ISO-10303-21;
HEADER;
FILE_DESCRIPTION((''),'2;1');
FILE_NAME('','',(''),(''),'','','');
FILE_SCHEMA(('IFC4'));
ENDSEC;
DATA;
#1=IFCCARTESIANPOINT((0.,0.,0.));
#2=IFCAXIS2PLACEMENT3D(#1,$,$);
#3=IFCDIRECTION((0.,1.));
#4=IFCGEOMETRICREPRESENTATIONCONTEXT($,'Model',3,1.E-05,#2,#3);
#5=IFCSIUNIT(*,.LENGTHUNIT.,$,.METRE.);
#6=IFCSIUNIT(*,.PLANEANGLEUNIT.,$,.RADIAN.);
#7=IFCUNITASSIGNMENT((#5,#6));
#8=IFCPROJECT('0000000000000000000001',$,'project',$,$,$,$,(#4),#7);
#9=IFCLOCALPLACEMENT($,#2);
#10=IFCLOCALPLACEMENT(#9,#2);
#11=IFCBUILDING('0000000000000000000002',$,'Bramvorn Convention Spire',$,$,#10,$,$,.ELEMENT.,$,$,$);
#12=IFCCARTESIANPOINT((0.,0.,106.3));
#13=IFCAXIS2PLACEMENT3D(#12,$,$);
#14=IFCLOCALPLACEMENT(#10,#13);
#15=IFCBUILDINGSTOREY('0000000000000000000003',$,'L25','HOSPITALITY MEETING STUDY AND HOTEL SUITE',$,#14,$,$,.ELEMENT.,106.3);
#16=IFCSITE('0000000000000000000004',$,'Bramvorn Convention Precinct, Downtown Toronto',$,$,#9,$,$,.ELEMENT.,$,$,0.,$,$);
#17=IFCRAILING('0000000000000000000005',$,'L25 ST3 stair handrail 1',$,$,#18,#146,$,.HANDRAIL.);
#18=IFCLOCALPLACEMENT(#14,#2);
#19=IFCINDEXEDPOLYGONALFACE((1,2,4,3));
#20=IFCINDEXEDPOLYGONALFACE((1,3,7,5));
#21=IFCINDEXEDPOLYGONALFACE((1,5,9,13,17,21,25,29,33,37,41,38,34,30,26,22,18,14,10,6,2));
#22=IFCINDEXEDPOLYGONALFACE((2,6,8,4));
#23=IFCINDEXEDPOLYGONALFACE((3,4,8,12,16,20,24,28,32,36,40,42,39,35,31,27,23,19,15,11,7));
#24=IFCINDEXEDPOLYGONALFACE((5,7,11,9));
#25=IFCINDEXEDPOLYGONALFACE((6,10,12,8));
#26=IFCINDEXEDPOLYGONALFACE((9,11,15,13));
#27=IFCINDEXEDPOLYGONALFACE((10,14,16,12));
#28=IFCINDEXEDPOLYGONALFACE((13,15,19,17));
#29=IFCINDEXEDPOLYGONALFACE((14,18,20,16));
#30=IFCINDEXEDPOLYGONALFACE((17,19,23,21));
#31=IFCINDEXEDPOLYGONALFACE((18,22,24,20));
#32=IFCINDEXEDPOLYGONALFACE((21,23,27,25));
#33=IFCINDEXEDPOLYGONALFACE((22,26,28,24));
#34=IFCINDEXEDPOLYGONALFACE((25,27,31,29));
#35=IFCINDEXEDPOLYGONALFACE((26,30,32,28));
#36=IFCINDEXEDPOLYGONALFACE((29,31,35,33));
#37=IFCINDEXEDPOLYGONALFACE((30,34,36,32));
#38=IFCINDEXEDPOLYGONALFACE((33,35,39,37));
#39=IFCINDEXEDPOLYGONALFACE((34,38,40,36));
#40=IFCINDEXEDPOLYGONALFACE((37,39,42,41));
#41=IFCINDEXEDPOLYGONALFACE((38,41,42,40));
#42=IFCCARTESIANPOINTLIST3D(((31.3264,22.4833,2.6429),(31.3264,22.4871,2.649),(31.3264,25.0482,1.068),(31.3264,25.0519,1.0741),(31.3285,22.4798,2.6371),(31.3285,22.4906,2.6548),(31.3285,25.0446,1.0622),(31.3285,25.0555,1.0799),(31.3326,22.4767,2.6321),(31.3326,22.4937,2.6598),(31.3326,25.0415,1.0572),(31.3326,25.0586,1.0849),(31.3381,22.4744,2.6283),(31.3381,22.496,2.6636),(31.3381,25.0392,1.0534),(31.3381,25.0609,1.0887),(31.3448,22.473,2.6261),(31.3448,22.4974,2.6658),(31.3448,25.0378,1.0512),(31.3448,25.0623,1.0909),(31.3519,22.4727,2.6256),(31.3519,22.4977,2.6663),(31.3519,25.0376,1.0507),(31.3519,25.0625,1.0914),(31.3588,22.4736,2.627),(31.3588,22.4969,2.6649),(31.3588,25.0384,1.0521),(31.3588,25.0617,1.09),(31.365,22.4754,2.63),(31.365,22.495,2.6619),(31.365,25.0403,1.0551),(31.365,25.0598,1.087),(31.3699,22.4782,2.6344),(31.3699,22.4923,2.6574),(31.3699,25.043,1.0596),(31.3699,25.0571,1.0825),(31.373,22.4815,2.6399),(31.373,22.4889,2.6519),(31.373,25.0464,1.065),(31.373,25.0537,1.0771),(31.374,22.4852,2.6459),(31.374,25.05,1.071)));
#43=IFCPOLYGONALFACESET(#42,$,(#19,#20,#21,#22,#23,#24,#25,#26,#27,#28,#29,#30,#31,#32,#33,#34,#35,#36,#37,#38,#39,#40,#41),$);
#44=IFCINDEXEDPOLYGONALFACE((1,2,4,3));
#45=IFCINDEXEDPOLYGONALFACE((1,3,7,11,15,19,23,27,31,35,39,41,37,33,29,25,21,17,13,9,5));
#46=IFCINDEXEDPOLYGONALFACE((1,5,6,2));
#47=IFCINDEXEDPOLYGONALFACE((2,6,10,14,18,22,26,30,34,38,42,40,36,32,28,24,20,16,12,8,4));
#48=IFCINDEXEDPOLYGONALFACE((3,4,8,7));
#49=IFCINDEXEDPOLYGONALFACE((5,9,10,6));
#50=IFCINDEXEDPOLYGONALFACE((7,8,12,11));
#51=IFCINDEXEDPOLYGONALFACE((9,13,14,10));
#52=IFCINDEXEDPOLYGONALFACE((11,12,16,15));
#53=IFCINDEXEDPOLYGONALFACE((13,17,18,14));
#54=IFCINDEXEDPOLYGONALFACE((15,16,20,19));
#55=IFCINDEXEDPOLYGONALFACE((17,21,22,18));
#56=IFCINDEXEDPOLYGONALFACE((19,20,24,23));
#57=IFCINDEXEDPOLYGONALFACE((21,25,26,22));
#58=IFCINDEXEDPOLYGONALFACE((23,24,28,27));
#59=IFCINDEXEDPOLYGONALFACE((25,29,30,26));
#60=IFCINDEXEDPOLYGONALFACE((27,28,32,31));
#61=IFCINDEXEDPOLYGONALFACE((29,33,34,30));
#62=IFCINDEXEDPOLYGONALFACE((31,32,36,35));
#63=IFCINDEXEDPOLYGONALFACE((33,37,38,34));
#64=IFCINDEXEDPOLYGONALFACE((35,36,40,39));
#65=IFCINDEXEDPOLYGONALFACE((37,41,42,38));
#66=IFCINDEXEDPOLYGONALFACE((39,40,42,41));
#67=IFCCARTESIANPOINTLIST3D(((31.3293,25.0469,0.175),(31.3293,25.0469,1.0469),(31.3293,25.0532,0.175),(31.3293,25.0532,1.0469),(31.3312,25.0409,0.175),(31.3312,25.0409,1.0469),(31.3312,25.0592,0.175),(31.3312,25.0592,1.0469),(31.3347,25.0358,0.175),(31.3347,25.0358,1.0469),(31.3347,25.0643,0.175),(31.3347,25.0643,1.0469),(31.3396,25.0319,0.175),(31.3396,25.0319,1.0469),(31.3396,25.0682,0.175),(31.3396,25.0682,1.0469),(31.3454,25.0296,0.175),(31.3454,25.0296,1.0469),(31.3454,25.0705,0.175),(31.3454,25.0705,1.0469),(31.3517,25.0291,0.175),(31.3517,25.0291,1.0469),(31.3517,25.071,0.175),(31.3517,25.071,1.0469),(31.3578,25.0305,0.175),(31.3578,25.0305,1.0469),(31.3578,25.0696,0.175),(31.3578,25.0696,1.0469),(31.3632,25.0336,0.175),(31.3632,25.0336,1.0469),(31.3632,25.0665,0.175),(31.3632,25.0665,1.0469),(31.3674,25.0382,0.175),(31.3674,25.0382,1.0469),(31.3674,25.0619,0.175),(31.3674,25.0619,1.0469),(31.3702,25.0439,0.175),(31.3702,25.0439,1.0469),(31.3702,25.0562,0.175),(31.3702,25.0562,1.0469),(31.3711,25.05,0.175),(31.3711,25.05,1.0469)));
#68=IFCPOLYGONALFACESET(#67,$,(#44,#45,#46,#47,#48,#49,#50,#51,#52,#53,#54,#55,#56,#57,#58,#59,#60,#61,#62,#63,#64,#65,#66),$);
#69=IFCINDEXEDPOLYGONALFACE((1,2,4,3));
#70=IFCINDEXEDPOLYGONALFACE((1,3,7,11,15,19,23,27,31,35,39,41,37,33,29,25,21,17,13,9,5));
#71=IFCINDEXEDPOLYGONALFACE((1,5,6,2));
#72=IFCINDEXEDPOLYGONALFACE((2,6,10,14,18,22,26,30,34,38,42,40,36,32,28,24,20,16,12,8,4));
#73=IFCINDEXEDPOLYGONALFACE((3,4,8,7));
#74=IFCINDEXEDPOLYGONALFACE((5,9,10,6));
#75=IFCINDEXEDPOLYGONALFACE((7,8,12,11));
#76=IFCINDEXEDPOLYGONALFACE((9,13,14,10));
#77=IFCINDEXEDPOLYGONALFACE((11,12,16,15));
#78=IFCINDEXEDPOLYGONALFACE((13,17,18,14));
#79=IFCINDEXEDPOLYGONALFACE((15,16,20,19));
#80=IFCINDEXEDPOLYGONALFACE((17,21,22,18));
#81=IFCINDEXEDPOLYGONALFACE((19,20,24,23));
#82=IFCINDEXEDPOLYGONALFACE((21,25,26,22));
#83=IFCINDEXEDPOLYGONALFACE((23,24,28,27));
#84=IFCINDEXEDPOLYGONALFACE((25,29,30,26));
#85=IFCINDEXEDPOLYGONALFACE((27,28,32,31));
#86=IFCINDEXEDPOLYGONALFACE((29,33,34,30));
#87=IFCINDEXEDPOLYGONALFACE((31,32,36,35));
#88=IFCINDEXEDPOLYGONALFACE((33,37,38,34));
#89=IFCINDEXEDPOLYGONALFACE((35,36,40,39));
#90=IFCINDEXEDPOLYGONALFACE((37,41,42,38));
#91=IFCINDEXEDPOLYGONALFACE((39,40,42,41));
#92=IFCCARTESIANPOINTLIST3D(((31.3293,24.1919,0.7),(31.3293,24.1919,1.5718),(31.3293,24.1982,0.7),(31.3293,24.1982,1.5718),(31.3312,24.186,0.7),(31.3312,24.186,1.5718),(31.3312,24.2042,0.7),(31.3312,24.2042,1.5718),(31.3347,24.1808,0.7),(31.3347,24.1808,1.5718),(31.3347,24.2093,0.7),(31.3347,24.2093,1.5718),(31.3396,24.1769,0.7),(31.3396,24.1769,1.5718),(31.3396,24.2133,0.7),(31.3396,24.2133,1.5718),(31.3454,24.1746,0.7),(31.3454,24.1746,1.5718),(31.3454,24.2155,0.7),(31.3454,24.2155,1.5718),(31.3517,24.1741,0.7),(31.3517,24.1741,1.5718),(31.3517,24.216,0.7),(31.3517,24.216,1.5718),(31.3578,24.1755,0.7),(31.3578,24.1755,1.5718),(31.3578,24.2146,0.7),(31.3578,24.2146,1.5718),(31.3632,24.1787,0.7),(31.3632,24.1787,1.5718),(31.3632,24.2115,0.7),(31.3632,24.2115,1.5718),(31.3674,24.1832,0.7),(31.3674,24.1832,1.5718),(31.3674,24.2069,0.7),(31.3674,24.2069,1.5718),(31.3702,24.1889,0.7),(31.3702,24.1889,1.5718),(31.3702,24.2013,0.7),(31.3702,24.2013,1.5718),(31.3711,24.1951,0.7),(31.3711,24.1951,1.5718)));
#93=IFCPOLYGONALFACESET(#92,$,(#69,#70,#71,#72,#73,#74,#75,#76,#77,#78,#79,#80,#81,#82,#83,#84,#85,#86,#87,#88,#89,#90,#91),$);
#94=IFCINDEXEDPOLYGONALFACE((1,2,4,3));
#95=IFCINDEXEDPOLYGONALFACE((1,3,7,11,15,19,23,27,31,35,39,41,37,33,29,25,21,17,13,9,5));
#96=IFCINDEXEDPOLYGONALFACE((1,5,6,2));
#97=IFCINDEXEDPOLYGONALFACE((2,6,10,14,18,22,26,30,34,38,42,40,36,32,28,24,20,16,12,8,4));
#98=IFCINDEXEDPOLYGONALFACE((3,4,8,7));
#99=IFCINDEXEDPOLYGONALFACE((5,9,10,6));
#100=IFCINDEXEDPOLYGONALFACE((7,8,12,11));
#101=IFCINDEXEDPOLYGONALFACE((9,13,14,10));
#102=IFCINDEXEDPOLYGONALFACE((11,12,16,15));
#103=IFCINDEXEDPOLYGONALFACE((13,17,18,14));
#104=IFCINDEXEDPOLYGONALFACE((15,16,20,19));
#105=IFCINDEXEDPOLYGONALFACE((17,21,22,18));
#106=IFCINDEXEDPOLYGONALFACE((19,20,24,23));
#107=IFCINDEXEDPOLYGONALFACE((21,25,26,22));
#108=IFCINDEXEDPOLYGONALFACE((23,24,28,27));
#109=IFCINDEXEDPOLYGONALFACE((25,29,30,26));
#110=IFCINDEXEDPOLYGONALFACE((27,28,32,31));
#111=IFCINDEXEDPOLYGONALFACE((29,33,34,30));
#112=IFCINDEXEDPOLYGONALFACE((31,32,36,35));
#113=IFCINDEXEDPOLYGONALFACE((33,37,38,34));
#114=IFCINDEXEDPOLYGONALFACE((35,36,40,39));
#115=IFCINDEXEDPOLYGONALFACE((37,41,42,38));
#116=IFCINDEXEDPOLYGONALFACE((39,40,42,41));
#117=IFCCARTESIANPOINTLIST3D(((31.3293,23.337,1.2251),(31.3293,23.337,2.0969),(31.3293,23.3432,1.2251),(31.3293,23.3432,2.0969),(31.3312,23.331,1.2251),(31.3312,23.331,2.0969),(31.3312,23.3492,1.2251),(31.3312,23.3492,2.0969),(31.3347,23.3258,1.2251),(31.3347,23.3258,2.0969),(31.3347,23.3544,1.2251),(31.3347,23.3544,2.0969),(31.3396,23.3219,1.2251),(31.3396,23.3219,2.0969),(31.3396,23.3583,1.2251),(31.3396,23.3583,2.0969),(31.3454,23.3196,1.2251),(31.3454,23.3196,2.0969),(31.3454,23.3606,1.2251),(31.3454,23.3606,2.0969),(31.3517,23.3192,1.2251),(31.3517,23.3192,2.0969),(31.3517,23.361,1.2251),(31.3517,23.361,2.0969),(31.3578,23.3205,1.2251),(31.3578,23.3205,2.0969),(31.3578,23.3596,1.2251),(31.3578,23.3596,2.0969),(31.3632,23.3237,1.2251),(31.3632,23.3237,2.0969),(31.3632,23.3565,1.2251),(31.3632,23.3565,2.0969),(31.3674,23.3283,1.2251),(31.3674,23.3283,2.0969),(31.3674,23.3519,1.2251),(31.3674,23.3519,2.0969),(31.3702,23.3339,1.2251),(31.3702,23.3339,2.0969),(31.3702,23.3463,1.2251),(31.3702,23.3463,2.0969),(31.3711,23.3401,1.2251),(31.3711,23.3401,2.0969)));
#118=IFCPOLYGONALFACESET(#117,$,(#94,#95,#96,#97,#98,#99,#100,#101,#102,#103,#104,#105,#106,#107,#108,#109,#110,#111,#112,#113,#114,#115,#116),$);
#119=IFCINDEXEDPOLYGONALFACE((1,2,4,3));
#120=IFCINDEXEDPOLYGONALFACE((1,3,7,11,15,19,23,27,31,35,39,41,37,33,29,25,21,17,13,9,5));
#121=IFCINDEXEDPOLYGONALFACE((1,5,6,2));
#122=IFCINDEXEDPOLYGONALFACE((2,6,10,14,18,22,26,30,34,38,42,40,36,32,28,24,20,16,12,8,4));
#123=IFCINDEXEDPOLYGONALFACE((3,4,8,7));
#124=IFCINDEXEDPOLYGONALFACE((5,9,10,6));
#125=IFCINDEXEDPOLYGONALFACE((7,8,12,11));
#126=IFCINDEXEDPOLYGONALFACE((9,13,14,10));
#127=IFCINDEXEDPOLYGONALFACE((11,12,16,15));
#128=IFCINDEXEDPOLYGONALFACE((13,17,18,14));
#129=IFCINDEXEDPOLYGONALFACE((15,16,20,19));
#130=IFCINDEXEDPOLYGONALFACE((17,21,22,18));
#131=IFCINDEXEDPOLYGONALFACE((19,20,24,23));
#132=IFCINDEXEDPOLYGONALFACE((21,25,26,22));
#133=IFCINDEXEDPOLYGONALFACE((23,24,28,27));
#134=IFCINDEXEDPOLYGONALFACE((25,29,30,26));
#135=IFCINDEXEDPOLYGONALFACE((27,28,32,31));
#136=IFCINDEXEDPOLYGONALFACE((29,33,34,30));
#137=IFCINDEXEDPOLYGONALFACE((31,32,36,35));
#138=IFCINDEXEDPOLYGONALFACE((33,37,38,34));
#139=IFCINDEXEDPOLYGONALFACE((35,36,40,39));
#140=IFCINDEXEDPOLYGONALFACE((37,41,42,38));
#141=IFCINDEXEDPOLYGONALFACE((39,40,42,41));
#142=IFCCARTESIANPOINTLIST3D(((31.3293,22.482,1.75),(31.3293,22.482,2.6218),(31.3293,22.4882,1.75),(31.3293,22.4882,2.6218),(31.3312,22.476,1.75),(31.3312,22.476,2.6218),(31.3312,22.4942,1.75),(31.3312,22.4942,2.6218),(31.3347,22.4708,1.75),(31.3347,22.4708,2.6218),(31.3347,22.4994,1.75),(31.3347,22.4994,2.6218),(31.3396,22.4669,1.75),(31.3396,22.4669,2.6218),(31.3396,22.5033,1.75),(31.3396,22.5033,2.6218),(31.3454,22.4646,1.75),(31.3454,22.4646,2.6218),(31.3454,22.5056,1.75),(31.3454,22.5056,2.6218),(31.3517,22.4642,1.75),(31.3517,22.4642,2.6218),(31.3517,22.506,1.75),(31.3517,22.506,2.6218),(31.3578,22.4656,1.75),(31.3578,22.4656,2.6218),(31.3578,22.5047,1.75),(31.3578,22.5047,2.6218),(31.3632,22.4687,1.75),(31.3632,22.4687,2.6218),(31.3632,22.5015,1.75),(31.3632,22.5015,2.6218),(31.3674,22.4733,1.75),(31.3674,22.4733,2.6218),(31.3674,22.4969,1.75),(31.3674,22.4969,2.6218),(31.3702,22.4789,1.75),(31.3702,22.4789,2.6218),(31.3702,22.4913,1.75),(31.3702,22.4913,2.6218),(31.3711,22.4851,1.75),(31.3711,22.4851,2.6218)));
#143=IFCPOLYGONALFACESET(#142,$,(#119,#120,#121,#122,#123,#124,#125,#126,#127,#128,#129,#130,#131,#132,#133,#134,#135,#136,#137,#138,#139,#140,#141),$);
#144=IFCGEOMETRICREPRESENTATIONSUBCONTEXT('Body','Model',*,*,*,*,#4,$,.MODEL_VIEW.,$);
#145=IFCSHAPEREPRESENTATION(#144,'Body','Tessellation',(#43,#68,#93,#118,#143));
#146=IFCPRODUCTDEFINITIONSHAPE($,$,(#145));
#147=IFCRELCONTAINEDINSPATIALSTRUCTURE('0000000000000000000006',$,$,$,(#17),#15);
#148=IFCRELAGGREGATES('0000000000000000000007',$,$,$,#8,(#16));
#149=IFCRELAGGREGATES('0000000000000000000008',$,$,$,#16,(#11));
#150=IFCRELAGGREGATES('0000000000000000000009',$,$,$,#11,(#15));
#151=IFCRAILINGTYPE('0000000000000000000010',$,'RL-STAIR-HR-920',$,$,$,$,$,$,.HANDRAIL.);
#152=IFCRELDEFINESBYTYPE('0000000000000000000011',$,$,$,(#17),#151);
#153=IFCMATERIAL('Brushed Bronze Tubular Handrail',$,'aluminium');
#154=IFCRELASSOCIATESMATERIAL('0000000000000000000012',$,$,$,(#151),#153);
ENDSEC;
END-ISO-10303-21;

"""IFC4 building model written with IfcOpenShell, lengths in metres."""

from ifc_helpers import new_model, si_unit, direction, frame, origin, origin_2d, place, context, subcontext, project, spatial, circle, extrude, material, type_object, element, save


model = new_model("IFC4")

# Units and contexts
model_context = context("Model", 3, precision=1e-05, world=origin(), true_north=direction((0.0, 1.0)))
body_context = subcontext(model_context, "Body", "Model", "MODEL_VIEW")
ifc_project = project(units=[si_unit("LENGTHUNIT", "METRE"), si_unit("PLANEANGLEUNIT", "RADIAN")], contexts=[model_context])

# Site, building, storey
site_placement = place(None, origin())
site = spatial("IfcSite", under=ifc_project, at=site_placement, Name="Bramvorn Convention Precinct, Downtown Toronto", CompositionType="ELEMENT", RefElevation=0.0)
building_placement = place(site_placement, origin())
building = spatial("IfcBuilding", under=site, at=building_placement, Name="Bramvorn Convention Spire", CompositionType="ELEMENT")
storey_placement = place(building_placement, frame((0.0, 0.0, 106.3)))
storey = spatial("IfcBuildingStorey", under=building, at=storey_placement, Name="L25", Description="HOSPITALITY MEETING STUDY AND HOTEL SUITE", CompositionType="ELEMENT", Elevation=106.3)

# Railing
ifc_material_1 = material(Name="Brushed Bronze Tubular Handrail", Category="aluminium")
railing_type_1 = type_object("IfcRailingType", Name="RL-STAIR-HR-920", PredefinedType="HANDRAIL", material=ifc_material_1)
for number, where, name in (
    (1, (31.3501, 25.05, 0.175), "L25 ST3 stair handrail 1"),
):
    element("IfcRailing", number, at=place(storey_placement, frame(where)), inside=storey, type_object=railing_type_1, Name=name, PredefinedType="HANDRAIL", context=body_context, shape_type="SweptSolid", body=[
        extrude(circle(Radius=0.0239, at=origin_2d()), frame((0.0, 0.0, 0.896), z_axis=(0.0, -0.852173, 0.52326), x_axis=(1.0, 0.0, 0.0)), (0.0, 0.0, 1.0), 3.0098),
        extrude(circle(Radius=0.021, at=origin_2d()), origin(), (0.0, 0.0, 1.0), 0.8718),
        extrude(circle(Radius=0.021, at=origin_2d()), frame((0.0, -0.855, 0.5249)), (0.0, 0.0, 1.0), 0.8718),
        extrude(circle(Radius=0.021, at=origin_2d()), frame((0.0, -1.71, 1.05)), (0.0, 0.0, 1.0), 0.8718),
        extrude(circle(Radius=0.021, at=origin_2d()), frame((0.0, -2.5649, 1.575)), (0.0, 0.0, 1.0), 0.8718),
    ])

save(model, "model.ifc")
